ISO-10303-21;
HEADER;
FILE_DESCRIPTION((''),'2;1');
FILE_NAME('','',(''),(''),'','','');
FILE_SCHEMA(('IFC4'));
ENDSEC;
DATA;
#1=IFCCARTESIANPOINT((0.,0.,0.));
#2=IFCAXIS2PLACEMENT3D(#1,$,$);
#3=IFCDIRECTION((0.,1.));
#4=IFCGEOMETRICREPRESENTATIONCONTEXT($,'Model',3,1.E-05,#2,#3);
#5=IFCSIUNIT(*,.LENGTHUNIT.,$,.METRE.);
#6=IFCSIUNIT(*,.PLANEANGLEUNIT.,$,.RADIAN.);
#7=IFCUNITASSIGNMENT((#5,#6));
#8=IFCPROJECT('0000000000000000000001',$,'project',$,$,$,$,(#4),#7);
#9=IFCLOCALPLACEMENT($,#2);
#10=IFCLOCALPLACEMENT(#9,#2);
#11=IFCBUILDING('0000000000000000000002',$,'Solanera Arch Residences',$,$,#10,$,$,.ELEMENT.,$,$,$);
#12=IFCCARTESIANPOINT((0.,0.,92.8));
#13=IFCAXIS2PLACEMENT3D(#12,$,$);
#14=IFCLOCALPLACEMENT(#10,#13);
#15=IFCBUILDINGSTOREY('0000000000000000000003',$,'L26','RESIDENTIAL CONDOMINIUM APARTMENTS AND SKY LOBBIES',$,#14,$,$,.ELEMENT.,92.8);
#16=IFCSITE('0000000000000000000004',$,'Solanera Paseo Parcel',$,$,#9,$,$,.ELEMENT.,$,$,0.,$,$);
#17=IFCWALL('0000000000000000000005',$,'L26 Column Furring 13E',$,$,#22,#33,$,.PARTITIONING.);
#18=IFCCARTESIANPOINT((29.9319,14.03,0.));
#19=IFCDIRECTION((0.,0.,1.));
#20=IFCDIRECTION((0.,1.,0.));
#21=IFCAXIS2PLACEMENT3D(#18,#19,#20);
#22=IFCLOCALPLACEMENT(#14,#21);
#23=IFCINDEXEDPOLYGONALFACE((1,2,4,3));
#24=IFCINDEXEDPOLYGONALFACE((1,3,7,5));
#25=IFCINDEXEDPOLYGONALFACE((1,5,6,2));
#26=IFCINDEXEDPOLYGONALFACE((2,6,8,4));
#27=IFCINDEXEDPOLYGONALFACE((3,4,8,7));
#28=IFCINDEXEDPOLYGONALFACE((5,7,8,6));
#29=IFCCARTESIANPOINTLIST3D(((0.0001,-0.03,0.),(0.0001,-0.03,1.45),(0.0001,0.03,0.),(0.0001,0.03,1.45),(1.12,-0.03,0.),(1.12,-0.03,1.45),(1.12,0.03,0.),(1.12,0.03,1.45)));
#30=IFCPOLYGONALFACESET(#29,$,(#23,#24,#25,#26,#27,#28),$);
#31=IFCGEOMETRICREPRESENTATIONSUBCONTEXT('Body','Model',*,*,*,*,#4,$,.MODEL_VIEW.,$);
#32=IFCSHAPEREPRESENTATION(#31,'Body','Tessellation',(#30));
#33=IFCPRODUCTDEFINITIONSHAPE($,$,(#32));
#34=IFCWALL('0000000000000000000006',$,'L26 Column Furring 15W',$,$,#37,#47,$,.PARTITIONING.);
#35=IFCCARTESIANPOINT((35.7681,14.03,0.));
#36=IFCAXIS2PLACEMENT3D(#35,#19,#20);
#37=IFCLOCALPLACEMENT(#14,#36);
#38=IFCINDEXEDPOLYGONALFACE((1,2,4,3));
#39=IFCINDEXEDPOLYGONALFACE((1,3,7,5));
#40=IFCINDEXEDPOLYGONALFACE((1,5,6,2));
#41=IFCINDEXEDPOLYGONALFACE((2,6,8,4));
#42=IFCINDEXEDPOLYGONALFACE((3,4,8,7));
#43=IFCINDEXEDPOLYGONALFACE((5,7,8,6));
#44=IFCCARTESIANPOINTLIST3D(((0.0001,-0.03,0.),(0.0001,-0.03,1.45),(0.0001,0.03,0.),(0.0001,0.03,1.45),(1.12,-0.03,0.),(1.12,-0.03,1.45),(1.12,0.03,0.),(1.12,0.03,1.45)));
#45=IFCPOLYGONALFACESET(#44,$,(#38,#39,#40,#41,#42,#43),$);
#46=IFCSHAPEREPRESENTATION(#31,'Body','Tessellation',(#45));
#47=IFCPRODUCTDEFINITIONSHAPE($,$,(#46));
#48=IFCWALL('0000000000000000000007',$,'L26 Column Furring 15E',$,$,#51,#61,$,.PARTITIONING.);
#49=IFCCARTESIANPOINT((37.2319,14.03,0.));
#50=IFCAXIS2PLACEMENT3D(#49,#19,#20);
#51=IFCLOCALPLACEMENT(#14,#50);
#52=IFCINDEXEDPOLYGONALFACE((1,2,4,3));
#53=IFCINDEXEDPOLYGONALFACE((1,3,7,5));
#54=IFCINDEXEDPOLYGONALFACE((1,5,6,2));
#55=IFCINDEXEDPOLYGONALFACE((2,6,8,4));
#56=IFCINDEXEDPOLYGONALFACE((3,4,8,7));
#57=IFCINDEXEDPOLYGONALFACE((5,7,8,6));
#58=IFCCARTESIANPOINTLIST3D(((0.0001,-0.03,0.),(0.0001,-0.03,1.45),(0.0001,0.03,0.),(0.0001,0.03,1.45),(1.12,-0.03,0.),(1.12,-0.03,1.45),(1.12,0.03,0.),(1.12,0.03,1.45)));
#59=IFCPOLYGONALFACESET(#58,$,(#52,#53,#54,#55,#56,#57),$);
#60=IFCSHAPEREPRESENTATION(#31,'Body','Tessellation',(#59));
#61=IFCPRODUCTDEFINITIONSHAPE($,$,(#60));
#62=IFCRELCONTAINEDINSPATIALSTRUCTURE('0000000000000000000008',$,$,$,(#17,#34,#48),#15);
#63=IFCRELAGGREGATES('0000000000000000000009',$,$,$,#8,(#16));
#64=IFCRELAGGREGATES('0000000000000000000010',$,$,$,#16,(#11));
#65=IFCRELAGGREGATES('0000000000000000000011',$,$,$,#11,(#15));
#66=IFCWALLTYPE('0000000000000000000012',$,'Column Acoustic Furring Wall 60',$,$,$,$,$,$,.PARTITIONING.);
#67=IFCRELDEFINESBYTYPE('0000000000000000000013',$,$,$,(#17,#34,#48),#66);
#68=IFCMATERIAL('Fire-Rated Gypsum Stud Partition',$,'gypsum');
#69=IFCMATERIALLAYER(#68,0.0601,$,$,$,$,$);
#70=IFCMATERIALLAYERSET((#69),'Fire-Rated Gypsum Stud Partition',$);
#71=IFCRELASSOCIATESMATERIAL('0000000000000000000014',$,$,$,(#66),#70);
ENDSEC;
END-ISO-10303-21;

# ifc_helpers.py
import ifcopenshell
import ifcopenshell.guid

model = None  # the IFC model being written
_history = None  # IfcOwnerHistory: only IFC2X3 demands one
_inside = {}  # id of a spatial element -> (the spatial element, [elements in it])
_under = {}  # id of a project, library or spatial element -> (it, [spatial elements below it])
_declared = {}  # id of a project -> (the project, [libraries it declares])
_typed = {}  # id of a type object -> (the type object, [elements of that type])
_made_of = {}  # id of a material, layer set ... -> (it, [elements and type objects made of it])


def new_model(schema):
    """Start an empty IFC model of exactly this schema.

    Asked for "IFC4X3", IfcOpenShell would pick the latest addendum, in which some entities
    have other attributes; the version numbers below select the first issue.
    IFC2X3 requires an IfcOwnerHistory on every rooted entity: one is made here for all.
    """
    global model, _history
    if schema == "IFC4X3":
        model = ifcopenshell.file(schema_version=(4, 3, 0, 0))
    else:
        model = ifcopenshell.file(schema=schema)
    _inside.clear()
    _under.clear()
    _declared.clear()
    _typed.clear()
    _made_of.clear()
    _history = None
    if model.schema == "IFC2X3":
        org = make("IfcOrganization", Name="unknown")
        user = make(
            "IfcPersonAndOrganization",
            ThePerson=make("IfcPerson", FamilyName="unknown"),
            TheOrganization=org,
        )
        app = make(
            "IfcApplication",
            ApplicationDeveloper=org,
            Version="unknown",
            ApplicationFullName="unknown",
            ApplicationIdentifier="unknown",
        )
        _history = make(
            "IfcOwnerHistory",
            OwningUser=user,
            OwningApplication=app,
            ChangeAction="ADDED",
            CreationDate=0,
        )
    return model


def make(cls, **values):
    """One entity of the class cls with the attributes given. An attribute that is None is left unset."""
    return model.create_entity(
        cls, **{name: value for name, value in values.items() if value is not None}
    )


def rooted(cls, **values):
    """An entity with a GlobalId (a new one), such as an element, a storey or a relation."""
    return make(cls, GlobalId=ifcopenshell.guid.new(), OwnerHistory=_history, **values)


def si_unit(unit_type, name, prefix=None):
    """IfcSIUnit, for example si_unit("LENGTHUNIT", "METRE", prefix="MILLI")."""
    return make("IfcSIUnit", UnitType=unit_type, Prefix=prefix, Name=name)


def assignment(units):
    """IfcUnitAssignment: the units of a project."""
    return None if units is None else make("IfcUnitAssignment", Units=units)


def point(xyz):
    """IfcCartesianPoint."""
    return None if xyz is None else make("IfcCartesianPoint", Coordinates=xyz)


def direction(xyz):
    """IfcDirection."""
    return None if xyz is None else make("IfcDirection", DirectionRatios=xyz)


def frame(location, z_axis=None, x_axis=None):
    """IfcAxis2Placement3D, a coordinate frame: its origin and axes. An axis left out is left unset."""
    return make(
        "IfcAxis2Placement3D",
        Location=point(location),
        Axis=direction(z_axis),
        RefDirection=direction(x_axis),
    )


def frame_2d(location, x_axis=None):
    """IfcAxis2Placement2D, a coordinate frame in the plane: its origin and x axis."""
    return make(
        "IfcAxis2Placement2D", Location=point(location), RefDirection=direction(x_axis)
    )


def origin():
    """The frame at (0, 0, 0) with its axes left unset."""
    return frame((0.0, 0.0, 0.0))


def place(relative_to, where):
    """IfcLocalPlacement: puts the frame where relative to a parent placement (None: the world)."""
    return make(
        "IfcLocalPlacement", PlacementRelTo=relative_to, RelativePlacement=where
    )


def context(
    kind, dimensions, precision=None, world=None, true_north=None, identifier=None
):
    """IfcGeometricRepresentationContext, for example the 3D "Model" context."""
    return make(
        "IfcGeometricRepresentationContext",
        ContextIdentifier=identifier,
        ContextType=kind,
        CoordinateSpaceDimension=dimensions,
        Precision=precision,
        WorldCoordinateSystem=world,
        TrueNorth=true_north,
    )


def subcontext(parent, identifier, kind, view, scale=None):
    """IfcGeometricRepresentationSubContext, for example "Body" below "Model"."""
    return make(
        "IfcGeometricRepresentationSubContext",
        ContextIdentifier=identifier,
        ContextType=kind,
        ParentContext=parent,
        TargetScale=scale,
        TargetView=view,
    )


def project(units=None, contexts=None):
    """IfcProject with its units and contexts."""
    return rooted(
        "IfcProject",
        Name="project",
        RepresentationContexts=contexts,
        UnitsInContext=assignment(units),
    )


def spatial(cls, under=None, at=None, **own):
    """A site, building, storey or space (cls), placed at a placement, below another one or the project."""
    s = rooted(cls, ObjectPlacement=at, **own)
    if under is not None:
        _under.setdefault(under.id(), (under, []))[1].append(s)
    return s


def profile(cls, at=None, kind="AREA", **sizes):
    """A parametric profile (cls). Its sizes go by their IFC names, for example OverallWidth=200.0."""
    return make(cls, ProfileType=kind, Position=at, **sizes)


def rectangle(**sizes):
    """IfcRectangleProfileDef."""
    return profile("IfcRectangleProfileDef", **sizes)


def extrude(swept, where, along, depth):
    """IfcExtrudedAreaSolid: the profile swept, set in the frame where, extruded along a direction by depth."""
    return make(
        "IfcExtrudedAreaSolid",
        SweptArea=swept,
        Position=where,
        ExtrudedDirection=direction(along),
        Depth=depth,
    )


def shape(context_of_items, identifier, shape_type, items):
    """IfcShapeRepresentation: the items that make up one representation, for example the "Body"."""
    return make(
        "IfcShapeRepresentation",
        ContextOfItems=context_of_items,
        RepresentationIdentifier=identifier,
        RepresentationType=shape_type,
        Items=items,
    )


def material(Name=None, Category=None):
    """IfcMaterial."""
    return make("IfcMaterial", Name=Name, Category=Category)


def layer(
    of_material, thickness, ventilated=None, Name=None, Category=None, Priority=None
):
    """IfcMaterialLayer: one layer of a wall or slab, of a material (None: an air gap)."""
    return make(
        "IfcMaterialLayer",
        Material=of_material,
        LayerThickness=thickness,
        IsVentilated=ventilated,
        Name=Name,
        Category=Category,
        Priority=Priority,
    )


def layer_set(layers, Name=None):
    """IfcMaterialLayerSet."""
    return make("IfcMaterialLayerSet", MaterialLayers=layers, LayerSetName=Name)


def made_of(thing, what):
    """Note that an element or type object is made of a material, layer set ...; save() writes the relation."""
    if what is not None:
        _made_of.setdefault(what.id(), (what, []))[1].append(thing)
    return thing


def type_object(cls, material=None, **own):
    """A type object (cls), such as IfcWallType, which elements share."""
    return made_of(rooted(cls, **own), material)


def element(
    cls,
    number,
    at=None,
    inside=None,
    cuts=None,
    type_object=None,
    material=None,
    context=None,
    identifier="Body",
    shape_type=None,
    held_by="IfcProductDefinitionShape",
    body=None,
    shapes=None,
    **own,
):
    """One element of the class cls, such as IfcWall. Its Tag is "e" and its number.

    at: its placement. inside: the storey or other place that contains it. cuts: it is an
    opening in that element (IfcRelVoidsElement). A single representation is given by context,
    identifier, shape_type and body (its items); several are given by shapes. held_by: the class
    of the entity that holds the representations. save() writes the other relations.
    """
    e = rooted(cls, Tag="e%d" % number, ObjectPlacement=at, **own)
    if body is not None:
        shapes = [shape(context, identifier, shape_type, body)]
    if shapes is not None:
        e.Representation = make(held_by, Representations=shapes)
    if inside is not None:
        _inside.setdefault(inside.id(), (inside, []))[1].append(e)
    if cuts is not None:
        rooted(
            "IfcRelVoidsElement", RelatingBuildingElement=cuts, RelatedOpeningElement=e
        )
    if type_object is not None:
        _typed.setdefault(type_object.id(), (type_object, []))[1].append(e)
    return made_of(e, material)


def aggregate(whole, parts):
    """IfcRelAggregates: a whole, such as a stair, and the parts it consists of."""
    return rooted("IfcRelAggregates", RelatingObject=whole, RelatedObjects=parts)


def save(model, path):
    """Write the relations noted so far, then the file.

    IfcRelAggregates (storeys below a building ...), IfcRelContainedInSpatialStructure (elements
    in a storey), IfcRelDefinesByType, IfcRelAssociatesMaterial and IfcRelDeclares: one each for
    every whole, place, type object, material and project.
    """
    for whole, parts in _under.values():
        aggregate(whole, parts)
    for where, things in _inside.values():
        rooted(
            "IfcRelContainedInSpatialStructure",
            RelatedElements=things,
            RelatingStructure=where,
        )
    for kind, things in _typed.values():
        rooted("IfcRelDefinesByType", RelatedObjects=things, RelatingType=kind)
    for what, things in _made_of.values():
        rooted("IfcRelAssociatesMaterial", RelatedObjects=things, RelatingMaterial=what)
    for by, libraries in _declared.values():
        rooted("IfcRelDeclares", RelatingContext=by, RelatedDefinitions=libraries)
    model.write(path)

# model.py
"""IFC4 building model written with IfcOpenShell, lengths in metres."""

from ifc_helpers import new_model, si_unit, direction, frame, frame_2d, origin, place, context, subcontext, project, spatial, rectangle, extrude, material, layer, layer_set, type_object, element, save


model = new_model("IFC4")

# Units and contexts
model_context = context("Model", 3, precision=1e-05, world=origin(), true_north=direction((0.0, 1.0)))
body_context = subcontext(model_context, "Body", "Model", "MODEL_VIEW")
ifc_project = project(units=[si_unit("LENGTHUNIT", "METRE"), si_unit("PLANEANGLEUNIT", "RADIAN")], contexts=[model_context])

# Site, building, storey
site_placement = place(None, origin())
site = spatial("IfcSite", under=ifc_project, at=site_placement, Name="Solanera Paseo Parcel", CompositionType="ELEMENT", RefElevation=0.0)
building_placement = place(site_placement, origin())
building = spatial("IfcBuilding", under=site, at=building_placement, Name="Solanera Arch Residences", CompositionType="ELEMENT")
storey_placement = place(building_placement, frame((0.0, 0.0, 92.8)))
storey = spatial("IfcBuildingStorey", under=building, at=storey_placement, Name="L26", Description="RESIDENTIAL CONDOMINIUM APARTMENTS AND SKY LOBBIES", CompositionType="ELEMENT", Elevation=92.8)

# Walls
ifc_material_1 = material(Name="Fire-Rated Gypsum Stud Partition", Category="gypsum")
ifc_layer_1 = layer(ifc_material_1, 0.0601)
ifc_layer_set_1 = layer_set([ifc_layer_1], Name="Fire-Rated Gypsum Stud Partition")
wall_type_1 = type_object("IfcWallType", Name="Column Acoustic Furring Wall 60", PredefinedType="PARTITIONING", material=ifc_layer_set_1)
wall_1_placement = place(storey_placement, frame((29.9319, 14.03, 0.0), z_axis=(0.0, 0.0, 1.0), x_axis=(0.0, 1.0, 0.0)))
element("IfcWall", 1, at=wall_1_placement, inside=storey, type_object=wall_type_1, Name="L26 Column Furring 13E", PredefinedType="PARTITIONING", context=body_context, shape_type="SweptSolid", body=[
    extrude(rectangle(XDim=1.1199, YDim=0.0601, at=frame_2d((0.5601, 0.0))), origin(), (0.0, 0.0, 1.0), 1.45),
])
for number, where, z_axis, x_axis, name in (
    (2, (35.7681, 14.03, 0.0), (0.0, 0.0, 1.0), (0.0, 1.0, 0.0), "L26 Column Furring 15W"),
    (3, (37.2319, 14.03, 0.0), (0.0, 0.0, 1.0), (0.0, 1.0, 0.0), "L26 Column Furring 15E"),
):
    element("IfcWall", number, at=place(storey_placement, frame(where, z_axis=z_axis, x_axis=x_axis)), inside=storey, type_object=wall_type_1, Name=name, PredefinedType="PARTITIONING", context=body_context, shape_type="SweptSolid", body=[
        extrude(rectangle(XDim=1.1199, YDim=0.0601, at=frame_2d((0.5601, 0.0))), origin(), (0.0, 0.0, 1.0), 1.45),
    ])

save(model, "model.ifc")
